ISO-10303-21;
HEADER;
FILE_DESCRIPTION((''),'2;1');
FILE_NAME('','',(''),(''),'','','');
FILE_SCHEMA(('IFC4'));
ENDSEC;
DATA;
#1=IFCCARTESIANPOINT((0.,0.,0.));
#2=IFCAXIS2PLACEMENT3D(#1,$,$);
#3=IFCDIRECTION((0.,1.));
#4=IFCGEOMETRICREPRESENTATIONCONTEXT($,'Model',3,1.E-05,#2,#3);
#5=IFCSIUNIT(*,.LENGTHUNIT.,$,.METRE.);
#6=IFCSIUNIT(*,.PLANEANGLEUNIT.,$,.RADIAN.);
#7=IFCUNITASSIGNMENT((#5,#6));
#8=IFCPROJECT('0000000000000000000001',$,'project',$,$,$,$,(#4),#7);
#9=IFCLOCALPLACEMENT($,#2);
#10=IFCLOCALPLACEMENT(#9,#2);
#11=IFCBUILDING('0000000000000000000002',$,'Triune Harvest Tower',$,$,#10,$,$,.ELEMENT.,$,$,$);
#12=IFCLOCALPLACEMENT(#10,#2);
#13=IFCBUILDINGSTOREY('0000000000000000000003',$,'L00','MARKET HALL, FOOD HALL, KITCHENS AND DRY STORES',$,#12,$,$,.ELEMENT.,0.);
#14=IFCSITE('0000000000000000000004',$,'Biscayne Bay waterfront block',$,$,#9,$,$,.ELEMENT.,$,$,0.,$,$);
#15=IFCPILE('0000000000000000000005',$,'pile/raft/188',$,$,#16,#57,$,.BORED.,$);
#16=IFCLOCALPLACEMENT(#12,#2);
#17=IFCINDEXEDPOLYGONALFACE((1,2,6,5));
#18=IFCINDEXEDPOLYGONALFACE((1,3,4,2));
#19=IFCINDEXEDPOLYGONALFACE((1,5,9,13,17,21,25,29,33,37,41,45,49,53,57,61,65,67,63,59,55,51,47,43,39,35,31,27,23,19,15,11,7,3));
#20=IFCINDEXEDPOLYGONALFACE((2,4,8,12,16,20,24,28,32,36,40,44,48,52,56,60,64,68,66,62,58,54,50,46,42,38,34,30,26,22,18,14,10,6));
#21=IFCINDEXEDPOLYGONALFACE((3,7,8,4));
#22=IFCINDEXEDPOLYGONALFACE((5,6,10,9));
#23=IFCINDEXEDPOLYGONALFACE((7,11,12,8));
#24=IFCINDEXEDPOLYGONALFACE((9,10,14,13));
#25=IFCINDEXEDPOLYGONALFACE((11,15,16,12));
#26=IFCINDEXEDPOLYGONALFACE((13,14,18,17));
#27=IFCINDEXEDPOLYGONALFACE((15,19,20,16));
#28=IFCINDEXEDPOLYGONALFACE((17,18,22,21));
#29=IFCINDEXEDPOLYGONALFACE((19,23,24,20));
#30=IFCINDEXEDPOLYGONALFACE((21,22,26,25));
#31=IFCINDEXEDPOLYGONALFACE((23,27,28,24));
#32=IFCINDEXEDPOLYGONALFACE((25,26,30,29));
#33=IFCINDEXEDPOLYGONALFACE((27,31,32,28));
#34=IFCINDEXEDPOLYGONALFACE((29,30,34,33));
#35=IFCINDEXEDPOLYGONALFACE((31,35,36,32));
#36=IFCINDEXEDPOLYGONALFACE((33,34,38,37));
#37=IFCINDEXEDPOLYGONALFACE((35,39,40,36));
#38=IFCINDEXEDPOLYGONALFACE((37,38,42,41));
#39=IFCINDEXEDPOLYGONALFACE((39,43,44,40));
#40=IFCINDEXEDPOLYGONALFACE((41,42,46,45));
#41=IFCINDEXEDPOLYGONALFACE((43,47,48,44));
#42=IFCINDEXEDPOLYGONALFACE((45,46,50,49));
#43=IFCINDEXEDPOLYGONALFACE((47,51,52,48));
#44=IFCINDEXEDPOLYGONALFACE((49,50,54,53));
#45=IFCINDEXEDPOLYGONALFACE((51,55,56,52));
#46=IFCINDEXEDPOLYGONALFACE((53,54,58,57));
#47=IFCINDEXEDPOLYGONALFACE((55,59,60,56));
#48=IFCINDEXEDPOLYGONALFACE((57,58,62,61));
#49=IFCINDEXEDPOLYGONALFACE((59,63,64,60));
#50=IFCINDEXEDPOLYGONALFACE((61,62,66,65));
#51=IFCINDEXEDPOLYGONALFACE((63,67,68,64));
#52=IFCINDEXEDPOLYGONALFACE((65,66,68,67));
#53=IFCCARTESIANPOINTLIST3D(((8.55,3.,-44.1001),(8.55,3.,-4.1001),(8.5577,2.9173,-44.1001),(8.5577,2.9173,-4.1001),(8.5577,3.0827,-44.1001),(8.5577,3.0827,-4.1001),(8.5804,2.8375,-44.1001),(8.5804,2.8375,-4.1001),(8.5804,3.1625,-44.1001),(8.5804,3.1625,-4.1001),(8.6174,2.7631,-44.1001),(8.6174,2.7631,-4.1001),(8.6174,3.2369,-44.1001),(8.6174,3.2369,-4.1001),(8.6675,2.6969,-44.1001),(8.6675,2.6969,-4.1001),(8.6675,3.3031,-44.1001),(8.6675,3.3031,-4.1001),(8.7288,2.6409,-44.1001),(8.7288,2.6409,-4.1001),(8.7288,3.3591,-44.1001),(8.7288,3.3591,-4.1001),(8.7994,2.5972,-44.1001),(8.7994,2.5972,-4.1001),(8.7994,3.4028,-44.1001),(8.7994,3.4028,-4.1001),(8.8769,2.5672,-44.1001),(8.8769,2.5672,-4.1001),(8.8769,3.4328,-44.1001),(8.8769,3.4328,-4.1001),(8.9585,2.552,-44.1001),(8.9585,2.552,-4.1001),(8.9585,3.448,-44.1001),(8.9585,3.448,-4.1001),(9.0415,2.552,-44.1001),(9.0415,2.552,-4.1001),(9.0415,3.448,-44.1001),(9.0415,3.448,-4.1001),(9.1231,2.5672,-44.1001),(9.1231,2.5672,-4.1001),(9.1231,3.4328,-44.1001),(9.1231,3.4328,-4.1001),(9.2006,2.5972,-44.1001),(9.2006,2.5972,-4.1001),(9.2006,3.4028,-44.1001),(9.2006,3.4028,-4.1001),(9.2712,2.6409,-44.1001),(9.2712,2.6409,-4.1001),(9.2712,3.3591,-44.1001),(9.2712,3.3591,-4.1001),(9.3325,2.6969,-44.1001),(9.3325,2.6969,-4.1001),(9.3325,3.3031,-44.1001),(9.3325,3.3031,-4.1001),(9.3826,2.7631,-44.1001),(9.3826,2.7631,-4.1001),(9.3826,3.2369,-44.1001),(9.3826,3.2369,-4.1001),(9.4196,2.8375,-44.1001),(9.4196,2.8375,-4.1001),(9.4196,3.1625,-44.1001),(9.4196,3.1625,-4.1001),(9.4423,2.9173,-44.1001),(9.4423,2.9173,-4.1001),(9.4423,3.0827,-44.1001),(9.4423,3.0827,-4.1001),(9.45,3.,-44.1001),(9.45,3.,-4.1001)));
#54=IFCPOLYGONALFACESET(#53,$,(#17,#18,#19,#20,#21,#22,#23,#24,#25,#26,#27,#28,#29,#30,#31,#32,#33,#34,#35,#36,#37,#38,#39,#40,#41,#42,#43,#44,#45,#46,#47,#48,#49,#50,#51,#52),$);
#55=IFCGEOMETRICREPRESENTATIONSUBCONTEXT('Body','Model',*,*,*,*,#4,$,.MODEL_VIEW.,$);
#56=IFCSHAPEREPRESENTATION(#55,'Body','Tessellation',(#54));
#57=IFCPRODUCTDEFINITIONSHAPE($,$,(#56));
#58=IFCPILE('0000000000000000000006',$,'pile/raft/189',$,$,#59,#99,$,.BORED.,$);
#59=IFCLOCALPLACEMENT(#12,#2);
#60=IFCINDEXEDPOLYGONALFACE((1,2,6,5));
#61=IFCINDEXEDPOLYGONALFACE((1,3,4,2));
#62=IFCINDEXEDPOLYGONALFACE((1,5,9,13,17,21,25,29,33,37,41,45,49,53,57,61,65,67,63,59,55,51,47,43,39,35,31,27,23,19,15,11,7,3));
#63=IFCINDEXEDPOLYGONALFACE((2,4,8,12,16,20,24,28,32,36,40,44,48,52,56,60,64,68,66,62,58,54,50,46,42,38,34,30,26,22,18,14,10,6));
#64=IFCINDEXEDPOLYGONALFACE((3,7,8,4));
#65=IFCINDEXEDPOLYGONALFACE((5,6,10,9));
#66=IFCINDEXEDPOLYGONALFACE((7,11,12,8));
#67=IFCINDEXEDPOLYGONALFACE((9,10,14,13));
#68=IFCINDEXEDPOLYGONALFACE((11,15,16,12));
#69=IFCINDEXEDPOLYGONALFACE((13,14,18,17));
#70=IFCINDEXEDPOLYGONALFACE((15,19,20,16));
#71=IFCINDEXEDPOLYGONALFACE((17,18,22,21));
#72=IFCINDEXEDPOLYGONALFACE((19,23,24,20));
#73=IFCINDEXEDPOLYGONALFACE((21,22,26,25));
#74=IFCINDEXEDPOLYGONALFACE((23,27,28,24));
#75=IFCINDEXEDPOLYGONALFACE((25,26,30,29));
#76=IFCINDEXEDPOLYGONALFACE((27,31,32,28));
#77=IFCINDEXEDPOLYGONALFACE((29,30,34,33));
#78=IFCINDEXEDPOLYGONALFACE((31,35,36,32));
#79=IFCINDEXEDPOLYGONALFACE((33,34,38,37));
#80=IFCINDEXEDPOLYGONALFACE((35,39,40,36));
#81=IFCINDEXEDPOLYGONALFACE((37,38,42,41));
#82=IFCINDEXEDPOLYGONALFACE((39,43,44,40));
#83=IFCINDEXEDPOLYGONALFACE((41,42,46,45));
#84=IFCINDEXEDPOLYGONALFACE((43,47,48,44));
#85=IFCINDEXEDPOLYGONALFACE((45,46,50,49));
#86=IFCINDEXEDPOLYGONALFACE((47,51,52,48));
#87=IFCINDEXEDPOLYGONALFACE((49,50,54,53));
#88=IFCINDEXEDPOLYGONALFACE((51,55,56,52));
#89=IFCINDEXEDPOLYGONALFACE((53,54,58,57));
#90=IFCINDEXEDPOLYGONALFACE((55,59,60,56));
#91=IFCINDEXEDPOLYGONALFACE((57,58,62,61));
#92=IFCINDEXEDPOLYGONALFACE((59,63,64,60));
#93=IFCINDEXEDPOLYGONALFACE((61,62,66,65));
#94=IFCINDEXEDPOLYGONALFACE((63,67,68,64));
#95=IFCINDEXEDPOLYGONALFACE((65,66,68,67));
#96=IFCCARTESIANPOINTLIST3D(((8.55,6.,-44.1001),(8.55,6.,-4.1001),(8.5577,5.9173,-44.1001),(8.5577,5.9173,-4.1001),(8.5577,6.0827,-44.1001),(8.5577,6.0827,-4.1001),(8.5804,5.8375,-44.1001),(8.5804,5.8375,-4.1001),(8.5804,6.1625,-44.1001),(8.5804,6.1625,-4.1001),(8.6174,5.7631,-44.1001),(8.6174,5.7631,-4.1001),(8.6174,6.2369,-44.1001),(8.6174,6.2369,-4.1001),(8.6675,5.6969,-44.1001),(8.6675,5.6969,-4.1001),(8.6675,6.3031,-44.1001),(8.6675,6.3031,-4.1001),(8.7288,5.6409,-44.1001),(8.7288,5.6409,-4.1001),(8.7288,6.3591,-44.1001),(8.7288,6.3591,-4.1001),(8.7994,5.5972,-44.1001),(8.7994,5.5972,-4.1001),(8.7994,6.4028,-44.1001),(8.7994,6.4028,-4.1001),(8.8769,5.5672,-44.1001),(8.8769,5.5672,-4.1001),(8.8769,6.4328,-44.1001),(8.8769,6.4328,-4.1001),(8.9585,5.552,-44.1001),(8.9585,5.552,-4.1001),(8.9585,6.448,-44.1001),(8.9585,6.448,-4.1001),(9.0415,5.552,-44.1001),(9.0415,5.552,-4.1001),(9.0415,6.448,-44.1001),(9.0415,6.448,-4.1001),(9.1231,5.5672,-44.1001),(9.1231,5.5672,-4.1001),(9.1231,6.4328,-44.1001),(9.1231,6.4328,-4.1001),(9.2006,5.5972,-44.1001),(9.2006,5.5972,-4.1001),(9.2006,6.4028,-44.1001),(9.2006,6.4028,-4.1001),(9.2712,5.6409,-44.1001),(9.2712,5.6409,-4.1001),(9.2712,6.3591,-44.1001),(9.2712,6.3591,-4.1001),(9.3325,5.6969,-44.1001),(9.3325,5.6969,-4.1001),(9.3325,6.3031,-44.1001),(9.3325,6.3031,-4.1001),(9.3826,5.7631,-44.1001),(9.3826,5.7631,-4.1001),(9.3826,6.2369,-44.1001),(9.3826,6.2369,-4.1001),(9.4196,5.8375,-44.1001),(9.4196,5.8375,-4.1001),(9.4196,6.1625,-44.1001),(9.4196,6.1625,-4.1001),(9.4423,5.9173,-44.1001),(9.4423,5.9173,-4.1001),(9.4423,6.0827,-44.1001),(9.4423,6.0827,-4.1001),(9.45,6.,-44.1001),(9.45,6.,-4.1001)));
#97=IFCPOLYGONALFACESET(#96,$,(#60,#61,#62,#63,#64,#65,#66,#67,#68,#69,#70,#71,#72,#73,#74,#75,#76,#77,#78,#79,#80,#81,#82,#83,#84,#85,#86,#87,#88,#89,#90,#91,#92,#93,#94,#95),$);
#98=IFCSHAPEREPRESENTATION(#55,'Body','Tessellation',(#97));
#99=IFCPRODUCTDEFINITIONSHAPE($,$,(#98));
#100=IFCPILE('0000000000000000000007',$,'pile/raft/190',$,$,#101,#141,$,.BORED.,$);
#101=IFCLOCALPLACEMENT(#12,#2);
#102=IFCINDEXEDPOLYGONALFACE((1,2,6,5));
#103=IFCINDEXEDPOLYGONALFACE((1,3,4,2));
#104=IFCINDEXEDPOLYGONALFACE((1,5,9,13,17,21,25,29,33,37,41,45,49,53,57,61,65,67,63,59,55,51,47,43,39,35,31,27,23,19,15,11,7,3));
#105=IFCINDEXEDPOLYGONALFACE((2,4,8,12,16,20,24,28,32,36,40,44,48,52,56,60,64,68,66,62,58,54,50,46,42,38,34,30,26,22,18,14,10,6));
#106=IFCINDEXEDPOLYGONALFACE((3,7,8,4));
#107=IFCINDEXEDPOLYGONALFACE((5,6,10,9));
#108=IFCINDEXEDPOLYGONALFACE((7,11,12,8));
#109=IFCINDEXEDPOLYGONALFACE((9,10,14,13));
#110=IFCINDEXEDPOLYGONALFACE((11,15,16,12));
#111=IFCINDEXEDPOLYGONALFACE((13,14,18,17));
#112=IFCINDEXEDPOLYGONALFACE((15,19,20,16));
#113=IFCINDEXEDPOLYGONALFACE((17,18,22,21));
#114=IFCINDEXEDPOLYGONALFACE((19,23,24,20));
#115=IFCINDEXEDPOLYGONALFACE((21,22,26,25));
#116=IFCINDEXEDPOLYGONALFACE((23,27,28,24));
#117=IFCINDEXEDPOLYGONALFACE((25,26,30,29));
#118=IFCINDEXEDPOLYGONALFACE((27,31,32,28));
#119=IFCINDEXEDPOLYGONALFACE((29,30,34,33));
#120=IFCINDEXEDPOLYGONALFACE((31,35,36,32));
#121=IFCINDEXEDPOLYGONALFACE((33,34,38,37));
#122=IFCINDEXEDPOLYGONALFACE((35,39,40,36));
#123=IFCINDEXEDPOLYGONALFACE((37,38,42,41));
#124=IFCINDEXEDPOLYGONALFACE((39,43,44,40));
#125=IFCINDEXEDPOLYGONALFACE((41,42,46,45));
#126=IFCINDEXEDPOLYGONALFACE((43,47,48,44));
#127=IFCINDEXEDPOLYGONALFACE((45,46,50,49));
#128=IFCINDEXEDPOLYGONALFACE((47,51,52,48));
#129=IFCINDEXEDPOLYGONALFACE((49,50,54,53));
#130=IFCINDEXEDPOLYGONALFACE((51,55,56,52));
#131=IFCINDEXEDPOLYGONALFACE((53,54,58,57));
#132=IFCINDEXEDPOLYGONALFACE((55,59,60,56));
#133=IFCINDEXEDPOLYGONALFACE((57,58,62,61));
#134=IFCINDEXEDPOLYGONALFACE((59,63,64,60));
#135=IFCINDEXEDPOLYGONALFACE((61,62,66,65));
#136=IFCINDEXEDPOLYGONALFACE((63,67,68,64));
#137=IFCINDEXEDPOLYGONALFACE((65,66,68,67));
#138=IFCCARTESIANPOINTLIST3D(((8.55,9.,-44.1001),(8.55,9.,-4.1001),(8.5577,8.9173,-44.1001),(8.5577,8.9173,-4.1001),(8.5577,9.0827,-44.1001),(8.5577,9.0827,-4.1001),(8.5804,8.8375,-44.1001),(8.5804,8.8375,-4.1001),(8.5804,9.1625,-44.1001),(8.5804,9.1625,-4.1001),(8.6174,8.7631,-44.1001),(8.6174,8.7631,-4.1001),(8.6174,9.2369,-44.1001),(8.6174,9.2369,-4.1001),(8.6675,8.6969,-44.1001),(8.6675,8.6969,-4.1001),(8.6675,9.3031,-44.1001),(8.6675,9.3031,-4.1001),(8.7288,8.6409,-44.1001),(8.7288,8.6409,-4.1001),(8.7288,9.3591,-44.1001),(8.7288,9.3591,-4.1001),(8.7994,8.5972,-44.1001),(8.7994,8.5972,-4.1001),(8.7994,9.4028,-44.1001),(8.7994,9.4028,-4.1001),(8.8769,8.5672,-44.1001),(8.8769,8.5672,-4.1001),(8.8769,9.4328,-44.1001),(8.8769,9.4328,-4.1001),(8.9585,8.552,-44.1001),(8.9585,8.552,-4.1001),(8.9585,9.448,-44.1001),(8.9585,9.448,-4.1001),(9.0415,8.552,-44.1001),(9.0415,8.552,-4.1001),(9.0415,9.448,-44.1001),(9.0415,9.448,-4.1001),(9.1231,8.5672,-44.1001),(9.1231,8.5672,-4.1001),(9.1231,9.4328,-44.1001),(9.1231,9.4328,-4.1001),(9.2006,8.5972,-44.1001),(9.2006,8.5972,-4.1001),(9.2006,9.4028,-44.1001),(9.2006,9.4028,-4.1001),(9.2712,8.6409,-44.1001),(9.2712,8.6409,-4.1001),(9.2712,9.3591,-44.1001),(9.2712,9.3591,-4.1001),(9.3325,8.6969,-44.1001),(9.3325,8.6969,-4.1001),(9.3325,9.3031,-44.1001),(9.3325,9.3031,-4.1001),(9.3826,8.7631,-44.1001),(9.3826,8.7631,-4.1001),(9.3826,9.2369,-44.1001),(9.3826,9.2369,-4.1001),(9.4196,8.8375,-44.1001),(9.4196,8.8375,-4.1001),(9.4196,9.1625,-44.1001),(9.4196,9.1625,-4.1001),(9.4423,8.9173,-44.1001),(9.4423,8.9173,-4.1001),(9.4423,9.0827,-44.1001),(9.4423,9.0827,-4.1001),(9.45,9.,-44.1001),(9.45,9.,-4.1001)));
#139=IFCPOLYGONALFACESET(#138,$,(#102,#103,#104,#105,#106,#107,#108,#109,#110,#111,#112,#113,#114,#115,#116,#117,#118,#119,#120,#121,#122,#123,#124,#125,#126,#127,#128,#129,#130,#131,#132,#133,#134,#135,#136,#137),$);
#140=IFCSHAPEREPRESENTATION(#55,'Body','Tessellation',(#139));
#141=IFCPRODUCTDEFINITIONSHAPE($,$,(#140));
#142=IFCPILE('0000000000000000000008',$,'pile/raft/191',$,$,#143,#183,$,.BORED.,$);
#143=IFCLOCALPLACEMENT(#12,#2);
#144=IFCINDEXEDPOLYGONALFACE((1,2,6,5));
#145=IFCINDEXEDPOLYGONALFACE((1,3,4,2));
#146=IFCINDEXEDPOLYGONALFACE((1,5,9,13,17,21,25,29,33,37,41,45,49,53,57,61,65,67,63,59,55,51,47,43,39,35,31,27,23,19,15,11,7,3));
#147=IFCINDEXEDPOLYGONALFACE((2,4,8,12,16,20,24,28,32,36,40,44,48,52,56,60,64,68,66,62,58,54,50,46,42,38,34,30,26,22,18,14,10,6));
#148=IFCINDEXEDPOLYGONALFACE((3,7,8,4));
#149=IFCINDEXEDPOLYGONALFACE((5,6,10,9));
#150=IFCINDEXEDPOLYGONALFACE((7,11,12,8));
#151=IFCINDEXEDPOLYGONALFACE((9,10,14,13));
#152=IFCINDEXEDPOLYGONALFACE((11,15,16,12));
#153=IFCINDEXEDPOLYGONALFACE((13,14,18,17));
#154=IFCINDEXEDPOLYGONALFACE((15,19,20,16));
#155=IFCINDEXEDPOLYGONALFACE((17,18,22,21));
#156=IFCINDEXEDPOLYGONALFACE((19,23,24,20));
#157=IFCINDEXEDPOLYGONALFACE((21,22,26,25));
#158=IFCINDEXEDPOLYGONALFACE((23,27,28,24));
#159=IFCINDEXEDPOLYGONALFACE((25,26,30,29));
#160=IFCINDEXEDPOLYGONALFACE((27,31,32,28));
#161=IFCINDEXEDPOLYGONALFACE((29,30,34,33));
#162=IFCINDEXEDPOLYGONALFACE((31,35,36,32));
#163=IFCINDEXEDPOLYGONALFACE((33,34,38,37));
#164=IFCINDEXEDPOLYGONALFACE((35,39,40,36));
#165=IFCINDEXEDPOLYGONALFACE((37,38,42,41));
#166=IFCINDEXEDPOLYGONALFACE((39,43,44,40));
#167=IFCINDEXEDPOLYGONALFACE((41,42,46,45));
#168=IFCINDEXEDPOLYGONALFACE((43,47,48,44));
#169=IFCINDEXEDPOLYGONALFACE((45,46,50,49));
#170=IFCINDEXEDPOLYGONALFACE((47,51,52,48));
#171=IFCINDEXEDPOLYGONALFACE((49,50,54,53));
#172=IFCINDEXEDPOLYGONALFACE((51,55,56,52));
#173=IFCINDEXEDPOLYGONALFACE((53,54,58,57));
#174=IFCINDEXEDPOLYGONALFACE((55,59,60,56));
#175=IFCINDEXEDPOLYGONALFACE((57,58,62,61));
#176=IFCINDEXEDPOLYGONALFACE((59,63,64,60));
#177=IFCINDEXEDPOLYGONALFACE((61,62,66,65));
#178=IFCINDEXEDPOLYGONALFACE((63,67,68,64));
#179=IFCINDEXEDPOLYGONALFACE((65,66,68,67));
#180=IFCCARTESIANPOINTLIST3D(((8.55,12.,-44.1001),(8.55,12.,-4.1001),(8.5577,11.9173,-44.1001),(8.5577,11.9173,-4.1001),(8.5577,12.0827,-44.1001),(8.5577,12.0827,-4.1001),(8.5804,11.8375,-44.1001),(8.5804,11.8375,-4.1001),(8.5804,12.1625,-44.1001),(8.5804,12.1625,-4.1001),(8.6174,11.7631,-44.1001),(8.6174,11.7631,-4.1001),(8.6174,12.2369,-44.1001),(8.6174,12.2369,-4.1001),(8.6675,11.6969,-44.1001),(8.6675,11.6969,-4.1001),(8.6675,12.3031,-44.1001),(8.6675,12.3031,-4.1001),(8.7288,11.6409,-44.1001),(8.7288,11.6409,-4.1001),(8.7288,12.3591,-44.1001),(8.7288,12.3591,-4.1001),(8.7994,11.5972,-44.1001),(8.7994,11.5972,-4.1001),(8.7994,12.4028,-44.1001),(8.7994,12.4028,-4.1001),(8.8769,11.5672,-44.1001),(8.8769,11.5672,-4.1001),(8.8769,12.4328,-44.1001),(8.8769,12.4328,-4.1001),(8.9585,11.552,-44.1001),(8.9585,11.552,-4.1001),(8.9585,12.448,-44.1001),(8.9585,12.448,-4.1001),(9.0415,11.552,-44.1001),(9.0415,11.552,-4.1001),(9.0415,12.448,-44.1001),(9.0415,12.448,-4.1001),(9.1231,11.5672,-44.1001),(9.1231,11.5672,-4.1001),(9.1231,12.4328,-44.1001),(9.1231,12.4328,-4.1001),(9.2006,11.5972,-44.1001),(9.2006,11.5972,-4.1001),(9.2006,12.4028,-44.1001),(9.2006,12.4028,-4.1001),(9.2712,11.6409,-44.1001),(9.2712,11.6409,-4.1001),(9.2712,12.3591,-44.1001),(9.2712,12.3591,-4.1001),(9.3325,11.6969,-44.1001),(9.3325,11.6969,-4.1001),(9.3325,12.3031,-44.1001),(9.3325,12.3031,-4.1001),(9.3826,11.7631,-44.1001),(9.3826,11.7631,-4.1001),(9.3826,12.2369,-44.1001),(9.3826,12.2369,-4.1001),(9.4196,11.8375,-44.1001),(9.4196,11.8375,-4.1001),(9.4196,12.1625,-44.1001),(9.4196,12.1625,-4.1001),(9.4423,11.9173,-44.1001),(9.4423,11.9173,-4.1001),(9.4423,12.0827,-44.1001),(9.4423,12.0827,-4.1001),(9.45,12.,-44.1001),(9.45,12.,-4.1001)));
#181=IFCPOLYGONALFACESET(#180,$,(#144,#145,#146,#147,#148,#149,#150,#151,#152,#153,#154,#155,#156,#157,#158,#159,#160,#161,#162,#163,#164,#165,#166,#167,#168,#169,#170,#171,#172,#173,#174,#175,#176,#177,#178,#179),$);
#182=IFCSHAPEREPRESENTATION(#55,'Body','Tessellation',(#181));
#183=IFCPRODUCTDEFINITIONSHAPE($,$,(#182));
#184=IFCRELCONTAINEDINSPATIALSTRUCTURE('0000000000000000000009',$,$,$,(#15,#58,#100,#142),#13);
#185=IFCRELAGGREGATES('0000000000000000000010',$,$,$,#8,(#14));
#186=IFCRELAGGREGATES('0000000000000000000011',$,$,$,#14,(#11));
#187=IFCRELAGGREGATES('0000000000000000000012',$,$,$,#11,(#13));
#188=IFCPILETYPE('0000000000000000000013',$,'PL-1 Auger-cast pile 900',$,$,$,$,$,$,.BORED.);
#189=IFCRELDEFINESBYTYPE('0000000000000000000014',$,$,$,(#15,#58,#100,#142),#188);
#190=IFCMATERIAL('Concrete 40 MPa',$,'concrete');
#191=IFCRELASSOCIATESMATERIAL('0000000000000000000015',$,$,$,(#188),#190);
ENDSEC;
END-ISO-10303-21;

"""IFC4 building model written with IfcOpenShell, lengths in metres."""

from ifc_helpers import new_model, si_unit, direction, frame, origin, origin_2d, place, context, subcontext, project, spatial, circle, extrude, source, transform, mapped, material, material_profile, profile_set, type_object, element, save


model = new_model("IFC4")

# Units and contexts
model_context = context("Model", 3, precision=1e-05, world=origin(), true_north=direction((0.0, 1.0)))
body_context = subcontext(model_context, "Body", "Model", "MODEL_VIEW")
ifc_project = project(units=[si_unit("LENGTHUNIT", "METRE"), si_unit("PLANEANGLEUNIT", "RADIAN")], contexts=[model_context])

# Site, building, storey
site_placement = place(None, origin())
site = spatial("IfcSite", under=ifc_project, at=site_placement, Name="Biscayne Bay waterfront block", CompositionType="ELEMENT", RefElevation=0.0)
building_placement = place(site_placement, origin())
building = spatial("IfcBuilding", under=site, at=building_placement, Name="Triune Harvest Tower", CompositionType="ELEMENT")
storey_placement = place(building_placement, origin())
storey = spatial("IfcBuildingStorey", under=building, at=storey_placement, Name="L00", Description="MARKET HALL, FOOD HALL, KITCHENS AND DRY STORES", CompositionType="ELEMENT", Elevation=0.0)

# Piles
ifc_material_1 = material(Name="Concrete 40 MPa", Category="concrete")
ifc_material_profile = material_profile(ifc_material_1, circle(Radius=0.45, at=origin_2d()), Name="Bored 900")
ifc_profile_set = profile_set([ifc_material_profile], Name="Concrete 40 MPa")
pile_type = type_object("IfcPileType", Name="PL-1 Auger-cast pile 900", PredefinedType="BORED", material=ifc_profile_set)
shared_shape_1 = source(origin(), body_context, "Body", "SweptSolid", [
    extrude(circle(Radius=0.45, at=origin_2d()), origin(), (0.0, 0.0, 1.0), 40.0),
])
for number, where, z_axis, x_axis, name in (
    (1, (9.0, 3.0, -4.1001), (0.0, 0.0, -1.0), (1.0, 0.0, 0.0), "pile/raft/188"),
    (2, (9.0, 6.0, -4.1001), (0.0, 0.0, -1.0), (1.0, 0.0, 0.0), "pile/raft/189"),
    (3, (9.0, 9.0, -4.1001), (0.0, 0.0, -1.0), (1.0, 0.0, 0.0), "pile/raft/190"),
    (4, (9.0, 12.0, -4.1001), (0.0, 0.0, -1.0), (1.0, 0.0, 0.0), "pile/raft/191"),
):
    element("IfcPile", number, at=place(storey_placement, frame(where, z_axis=z_axis, x_axis=x_axis)), inside=storey, type_object=pile_type, Name=name, PredefinedType="BORED", context=body_context, shape_type="MappedRepresentation", body=[
        mapped(shared_shape_1, transform((0.0, 0.0, 0.0), scale=1.0)),
    ])

save(model, "model.ifc")
